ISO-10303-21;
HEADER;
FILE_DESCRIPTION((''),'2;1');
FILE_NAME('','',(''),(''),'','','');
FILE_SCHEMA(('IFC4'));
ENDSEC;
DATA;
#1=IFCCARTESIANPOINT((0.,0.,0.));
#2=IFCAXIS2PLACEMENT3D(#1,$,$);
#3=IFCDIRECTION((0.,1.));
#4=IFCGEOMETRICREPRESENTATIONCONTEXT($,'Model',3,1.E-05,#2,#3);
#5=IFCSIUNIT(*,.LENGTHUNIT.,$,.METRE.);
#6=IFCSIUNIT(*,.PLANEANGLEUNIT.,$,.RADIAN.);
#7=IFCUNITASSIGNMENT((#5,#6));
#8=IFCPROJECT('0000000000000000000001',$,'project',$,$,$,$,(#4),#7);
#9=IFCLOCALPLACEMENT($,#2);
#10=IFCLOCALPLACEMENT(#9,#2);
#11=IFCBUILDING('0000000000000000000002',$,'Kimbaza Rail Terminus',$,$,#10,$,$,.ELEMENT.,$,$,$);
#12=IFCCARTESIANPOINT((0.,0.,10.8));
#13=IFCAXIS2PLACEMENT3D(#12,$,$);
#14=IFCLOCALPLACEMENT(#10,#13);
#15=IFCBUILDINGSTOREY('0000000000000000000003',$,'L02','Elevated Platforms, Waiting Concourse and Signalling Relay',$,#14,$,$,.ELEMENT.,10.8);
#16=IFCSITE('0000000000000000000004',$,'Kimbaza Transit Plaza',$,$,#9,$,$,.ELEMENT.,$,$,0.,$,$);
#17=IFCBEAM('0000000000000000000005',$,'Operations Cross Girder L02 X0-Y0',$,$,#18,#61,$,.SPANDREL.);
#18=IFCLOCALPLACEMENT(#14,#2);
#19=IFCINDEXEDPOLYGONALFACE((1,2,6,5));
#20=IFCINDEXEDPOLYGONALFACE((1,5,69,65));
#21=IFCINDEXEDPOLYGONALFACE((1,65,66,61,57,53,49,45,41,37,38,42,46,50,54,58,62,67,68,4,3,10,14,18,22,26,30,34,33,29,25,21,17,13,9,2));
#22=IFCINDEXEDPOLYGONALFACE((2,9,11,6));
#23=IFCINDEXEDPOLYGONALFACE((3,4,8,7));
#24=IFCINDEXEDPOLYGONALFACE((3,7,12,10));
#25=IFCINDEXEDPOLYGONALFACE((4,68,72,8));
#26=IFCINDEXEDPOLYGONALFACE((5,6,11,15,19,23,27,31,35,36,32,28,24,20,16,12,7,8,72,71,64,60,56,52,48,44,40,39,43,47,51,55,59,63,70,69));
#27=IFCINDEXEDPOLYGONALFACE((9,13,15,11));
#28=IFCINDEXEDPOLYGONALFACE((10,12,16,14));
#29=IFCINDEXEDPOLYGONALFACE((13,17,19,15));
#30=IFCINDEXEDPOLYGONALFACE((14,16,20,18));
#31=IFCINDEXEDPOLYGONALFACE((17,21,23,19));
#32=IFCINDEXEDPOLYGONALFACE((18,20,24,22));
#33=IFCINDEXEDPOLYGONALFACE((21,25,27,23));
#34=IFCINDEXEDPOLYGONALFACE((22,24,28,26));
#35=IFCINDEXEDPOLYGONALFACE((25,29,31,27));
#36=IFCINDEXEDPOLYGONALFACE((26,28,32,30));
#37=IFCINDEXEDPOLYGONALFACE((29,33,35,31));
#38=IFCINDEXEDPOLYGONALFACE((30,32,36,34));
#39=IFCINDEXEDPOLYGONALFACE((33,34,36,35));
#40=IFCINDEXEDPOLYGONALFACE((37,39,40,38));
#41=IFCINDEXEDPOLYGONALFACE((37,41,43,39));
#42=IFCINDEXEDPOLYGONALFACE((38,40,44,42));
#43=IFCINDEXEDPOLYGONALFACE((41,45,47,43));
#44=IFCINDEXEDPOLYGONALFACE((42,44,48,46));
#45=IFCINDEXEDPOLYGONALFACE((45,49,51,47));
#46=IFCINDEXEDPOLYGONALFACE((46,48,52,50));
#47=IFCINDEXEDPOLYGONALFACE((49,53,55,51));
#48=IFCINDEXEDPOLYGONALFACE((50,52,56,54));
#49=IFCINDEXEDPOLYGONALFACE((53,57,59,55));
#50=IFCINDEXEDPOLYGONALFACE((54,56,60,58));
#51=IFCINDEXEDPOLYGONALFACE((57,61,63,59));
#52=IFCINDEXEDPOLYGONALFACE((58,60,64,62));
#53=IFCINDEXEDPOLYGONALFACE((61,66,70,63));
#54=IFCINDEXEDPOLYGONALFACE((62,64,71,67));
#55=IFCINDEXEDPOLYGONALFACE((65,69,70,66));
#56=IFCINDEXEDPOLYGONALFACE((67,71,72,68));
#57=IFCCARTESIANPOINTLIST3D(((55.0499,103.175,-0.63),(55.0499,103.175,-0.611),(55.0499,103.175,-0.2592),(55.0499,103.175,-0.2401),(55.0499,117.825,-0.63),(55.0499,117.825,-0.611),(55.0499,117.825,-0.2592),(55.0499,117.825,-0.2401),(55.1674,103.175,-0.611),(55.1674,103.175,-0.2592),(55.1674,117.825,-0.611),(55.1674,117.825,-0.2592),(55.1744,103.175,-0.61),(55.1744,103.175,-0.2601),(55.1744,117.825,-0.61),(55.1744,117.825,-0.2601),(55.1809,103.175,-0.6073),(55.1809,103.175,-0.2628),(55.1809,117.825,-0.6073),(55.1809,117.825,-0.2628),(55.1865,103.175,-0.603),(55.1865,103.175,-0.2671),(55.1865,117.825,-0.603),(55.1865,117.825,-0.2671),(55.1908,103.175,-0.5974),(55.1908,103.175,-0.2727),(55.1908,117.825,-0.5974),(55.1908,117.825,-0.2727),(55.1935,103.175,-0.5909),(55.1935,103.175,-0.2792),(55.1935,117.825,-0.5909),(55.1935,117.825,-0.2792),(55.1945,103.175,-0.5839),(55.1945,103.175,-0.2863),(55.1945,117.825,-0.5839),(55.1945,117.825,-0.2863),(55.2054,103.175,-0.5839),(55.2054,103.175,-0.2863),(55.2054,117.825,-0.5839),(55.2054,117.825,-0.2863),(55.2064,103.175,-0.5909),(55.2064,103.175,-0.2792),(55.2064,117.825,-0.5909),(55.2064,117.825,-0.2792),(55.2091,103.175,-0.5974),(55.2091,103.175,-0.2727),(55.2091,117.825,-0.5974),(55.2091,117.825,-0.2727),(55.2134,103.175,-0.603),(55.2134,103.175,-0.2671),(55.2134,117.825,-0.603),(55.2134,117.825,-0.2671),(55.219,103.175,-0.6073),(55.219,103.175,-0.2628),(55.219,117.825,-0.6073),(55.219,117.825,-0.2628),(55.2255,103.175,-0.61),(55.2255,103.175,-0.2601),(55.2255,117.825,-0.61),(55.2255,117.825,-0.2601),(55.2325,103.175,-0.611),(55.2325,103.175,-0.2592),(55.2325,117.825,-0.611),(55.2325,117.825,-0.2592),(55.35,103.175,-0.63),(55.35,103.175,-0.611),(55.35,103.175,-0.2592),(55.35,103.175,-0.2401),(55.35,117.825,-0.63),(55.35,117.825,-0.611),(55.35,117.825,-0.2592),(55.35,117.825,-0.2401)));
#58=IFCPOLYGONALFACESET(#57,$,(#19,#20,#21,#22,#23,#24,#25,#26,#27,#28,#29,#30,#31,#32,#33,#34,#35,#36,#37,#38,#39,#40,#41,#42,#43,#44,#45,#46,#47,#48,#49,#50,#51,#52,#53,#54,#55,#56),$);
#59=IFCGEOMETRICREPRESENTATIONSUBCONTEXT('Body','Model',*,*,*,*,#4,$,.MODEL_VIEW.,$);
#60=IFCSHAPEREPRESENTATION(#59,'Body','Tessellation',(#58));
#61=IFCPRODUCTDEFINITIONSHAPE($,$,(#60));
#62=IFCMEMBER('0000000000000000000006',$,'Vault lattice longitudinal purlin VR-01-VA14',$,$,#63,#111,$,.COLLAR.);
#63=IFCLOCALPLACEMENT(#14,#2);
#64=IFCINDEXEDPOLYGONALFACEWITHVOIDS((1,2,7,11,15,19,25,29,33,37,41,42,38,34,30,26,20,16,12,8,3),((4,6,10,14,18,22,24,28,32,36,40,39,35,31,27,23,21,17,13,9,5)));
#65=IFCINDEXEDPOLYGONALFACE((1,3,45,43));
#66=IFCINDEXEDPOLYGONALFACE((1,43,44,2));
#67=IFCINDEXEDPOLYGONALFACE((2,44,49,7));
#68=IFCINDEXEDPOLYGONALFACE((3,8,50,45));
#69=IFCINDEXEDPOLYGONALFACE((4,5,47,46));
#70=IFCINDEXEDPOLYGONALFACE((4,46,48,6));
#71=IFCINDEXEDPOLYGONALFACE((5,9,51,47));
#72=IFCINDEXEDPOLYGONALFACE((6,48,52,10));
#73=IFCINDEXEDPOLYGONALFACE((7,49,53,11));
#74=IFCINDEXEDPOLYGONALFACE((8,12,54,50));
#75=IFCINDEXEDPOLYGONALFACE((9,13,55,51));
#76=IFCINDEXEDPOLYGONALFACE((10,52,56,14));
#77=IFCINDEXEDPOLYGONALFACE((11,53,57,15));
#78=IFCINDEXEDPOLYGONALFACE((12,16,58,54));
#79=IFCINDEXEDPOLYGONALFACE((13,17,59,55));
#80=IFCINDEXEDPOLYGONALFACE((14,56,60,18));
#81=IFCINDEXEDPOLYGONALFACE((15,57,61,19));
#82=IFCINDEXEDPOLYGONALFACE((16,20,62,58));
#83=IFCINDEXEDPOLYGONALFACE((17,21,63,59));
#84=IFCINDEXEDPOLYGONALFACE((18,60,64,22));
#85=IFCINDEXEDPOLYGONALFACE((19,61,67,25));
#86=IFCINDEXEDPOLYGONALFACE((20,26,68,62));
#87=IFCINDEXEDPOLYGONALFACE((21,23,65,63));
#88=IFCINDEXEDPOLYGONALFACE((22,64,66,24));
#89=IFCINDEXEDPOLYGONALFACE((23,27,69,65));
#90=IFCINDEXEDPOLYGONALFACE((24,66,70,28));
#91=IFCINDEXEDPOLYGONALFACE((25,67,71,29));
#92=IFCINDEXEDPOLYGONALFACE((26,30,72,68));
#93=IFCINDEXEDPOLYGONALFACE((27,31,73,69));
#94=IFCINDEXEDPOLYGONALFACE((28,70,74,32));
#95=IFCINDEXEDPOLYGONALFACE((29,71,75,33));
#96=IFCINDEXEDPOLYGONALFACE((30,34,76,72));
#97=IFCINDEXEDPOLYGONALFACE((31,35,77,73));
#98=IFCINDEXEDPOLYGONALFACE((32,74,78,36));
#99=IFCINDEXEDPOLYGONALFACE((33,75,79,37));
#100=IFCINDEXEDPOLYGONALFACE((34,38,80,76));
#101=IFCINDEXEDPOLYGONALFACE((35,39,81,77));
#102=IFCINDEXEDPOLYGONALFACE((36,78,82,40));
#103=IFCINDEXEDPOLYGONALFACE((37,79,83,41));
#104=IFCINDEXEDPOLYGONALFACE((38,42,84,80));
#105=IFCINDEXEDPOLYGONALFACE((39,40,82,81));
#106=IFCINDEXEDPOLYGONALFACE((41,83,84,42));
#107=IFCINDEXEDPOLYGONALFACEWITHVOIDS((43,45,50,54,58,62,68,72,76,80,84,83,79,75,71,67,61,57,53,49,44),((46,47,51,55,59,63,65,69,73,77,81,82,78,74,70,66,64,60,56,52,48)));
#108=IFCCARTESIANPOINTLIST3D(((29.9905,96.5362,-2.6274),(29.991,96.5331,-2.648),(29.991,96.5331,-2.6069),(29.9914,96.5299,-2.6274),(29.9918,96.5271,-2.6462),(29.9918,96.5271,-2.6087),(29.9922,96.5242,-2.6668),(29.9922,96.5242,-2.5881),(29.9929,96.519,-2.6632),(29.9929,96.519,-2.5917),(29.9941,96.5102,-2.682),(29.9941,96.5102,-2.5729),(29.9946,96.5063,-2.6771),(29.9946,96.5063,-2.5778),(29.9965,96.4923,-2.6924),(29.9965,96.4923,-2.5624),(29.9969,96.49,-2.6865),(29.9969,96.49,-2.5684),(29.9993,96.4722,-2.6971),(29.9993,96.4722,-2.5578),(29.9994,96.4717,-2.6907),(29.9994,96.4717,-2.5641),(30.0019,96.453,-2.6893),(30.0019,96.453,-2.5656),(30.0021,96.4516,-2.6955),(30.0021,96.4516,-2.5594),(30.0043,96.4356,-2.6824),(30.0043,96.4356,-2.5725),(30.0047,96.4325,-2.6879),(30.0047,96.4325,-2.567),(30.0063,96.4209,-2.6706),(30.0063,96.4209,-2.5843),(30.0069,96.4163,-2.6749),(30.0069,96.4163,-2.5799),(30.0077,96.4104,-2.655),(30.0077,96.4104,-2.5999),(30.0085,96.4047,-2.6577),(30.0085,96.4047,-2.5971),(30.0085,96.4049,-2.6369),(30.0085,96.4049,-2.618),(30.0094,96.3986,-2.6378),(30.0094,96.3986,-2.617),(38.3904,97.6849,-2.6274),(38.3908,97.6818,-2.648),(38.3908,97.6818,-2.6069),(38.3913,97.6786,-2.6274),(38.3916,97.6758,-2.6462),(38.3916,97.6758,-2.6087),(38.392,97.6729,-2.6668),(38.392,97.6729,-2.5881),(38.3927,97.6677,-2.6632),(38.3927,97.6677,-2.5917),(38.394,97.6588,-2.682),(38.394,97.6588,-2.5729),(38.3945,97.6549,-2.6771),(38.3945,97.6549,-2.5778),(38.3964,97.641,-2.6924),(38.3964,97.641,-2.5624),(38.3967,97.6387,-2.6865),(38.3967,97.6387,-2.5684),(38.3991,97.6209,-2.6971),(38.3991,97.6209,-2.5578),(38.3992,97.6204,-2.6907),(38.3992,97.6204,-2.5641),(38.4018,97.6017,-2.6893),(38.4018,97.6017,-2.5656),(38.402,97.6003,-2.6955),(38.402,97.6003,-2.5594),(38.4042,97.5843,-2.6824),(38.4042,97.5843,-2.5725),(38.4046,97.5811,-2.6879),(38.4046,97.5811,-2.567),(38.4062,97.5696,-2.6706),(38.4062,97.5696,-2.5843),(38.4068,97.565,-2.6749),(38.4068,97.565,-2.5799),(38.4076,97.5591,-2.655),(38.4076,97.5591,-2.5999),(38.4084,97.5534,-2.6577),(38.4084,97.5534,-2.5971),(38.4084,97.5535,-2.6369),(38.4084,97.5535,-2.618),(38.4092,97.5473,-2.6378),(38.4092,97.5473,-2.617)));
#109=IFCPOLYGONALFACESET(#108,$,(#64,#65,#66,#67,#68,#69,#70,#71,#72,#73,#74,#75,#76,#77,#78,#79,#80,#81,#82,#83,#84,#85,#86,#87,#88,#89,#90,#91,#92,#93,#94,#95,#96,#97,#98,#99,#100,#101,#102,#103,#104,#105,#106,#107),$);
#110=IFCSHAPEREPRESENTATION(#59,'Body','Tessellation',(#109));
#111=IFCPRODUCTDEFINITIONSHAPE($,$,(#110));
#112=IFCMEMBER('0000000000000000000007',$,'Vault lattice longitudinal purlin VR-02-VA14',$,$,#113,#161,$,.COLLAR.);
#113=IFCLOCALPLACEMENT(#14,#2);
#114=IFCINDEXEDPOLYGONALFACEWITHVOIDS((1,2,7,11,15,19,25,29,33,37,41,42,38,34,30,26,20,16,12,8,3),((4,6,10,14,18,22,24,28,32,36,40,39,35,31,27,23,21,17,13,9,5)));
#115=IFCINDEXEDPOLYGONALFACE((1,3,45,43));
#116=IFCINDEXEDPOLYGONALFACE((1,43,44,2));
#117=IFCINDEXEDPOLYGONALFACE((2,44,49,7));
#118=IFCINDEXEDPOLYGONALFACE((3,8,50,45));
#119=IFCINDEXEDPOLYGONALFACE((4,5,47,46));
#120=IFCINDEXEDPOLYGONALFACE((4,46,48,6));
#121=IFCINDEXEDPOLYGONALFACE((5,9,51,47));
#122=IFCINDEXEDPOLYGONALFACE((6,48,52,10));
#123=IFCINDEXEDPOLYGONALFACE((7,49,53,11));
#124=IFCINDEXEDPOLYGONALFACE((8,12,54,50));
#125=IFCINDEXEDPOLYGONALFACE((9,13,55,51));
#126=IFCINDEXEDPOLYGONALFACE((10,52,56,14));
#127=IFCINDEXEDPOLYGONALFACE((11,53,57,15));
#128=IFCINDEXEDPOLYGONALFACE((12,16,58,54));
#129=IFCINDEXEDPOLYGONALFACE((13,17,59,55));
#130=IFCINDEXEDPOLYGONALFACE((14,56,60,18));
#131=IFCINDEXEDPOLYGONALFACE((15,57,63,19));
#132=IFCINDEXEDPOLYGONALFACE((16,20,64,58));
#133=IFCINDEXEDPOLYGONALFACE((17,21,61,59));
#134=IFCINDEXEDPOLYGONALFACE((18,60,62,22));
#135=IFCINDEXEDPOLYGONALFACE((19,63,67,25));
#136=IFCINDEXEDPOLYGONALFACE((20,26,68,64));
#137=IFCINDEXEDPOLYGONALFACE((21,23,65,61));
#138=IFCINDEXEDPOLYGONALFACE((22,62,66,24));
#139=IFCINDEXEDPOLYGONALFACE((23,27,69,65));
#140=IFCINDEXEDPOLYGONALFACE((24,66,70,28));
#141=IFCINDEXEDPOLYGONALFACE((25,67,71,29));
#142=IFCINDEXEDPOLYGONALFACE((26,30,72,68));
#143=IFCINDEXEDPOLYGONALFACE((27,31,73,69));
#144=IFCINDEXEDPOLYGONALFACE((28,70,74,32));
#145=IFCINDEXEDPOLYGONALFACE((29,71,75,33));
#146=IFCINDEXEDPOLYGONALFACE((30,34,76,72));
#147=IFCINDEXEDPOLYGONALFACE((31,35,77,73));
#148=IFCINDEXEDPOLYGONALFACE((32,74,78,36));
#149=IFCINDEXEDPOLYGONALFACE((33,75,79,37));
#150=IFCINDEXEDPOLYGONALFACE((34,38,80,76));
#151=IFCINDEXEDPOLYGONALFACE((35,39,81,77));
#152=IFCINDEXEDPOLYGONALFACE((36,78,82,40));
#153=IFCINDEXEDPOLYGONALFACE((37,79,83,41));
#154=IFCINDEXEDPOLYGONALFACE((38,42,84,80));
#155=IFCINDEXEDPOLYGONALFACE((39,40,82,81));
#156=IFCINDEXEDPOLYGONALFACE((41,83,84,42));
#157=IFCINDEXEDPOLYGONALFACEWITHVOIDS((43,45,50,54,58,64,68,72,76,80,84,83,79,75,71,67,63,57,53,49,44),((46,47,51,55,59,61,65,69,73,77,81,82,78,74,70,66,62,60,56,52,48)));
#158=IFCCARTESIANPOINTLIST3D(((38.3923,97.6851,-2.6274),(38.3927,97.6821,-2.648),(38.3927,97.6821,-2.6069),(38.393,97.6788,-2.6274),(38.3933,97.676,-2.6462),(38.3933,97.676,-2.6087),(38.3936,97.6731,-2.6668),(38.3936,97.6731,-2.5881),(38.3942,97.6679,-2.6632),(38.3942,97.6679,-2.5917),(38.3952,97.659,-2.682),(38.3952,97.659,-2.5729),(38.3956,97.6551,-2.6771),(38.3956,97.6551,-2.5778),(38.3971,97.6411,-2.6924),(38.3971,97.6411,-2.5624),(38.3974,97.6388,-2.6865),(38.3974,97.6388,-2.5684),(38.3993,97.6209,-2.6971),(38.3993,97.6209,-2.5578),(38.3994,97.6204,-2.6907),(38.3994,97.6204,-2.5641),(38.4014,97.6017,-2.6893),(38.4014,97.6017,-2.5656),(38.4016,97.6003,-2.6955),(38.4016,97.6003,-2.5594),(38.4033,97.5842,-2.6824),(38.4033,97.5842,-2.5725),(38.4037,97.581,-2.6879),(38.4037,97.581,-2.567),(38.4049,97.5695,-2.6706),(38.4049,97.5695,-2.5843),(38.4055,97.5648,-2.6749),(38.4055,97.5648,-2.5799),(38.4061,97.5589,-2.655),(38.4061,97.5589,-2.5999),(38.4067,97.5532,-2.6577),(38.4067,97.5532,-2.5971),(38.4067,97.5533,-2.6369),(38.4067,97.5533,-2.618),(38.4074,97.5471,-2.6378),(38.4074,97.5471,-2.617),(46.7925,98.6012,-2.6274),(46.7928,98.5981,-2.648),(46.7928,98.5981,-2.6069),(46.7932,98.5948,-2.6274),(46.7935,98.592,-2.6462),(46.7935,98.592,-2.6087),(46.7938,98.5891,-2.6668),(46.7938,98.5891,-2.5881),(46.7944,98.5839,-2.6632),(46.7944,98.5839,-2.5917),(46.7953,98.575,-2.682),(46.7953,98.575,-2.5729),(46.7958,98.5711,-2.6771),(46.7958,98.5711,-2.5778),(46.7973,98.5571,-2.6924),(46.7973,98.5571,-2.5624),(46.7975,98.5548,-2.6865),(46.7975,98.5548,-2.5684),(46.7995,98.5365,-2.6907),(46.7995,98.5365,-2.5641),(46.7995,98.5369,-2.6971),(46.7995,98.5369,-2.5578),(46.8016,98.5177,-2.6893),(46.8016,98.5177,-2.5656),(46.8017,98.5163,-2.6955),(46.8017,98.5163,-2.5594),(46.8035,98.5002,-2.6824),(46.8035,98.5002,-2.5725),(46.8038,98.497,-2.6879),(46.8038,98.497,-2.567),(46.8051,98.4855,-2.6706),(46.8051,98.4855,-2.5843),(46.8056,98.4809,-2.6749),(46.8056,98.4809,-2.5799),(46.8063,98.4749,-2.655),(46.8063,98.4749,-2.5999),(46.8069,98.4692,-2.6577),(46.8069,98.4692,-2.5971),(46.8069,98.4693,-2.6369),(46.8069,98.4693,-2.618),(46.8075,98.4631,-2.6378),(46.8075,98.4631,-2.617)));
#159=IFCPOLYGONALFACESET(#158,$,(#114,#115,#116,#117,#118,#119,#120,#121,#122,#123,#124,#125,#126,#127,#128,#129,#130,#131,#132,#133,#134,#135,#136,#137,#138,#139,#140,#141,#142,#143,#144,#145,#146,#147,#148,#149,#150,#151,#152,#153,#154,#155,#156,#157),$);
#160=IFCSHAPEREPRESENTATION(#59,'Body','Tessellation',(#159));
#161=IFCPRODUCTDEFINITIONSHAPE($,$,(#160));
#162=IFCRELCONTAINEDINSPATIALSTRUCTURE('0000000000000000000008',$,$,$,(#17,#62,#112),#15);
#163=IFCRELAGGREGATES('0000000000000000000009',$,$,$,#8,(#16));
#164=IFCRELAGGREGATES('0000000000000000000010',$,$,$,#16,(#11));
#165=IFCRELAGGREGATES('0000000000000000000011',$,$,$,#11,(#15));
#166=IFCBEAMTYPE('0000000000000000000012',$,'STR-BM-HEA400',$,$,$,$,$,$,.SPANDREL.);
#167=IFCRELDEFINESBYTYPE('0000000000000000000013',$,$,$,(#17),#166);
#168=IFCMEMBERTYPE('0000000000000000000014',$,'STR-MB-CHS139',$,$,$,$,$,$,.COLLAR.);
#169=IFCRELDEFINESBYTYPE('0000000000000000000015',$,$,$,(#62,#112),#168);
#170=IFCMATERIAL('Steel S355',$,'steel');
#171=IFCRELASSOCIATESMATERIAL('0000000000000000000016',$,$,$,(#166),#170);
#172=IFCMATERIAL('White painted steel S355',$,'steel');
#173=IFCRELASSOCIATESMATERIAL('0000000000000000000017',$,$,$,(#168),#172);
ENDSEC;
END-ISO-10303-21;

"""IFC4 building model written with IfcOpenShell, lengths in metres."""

from ifc_helpers import new_model, si_unit, direction, frame, origin, origin_2d, place, context, subcontext, project, spatial, hollow_circle, i_section, extrude, material, material_profile, profile_set, type_object, element, save


model = new_model("IFC4")

# Units and contexts
model_context = context("Model", 3, precision=1e-05, world=origin(), true_north=direction((0.0, 1.0)))
body_context = subcontext(model_context, "Body", "Model", "MODEL_VIEW")
ifc_project = project(units=[si_unit("LENGTHUNIT", "METRE"), si_unit("PLANEANGLEUNIT", "RADIAN")], contexts=[model_context])

# Site, building, storey
site_placement = place(None, origin())
site = spatial("IfcSite", under=ifc_project, at=site_placement, Name="Kimbaza Transit Plaza", CompositionType="ELEMENT", RefElevation=0.0)
building_placement = place(site_placement, origin())
building = spatial("IfcBuilding", under=site, at=building_placement, Name="Kimbaza Rail Terminus", CompositionType="ELEMENT")
storey_placement = place(building_placement, frame((0.0, 0.0, 10.8)))
storey = spatial("IfcBuildingStorey", under=building, at=storey_placement, Name="L02", Description="Elevated Platforms, Waiting Concourse and Signalling Relay", CompositionType="ELEMENT", Elevation=10.8)

# Beam
ifc_material_1 = material(Name="Steel S355", Category="steel")
ifc_material_profile_1 = material_profile(ifc_material_1, i_section(OverallWidth=0.3, OverallDepth=0.3899, WebThickness=0.011, FlangeThickness=0.019, FilletRadius=0.0271, at=origin_2d()), Name="HEA 400")
ifc_profile_set_1 = profile_set([ifc_material_profile_1], Name="Steel S355")
beam_type = type_object("IfcBeamType", Name="STR-BM-HEA400", PredefinedType="SPANDREL", material=ifc_profile_set_1)
beam_placement = place(storey_placement, frame((55.2, 103.175, -0.4351), z_axis=(0.0, 1.0, 0.0), x_axis=(-1.0, 0.0, 0.0)))
element("IfcBeam", 1, at=beam_placement, inside=storey, type_object=beam_type, Name="Operations Cross Girder L02 X0-Y0", PredefinedType="SPANDREL", context=body_context, shape_type="SweptSolid", body=[
    extrude(i_section(OverallWidth=0.3, OverallDepth=0.3899, WebThickness=0.011, FlangeThickness=0.019, FilletRadius=0.0271, at=origin_2d()), origin(), (0.0, 0.0, 1.0), 14.6499),
])

# Members
ifc_material_2 = material(Name="White painted steel S355", Category="steel")
ifc_material_profile_2 = material_profile(ifc_material_2, hollow_circle(Radius=0.0698, WallThickness=0.0063, at=origin_2d()), Name="CHS 139.7x6.3")
ifc_profile_set_2 = profile_set([ifc_material_profile_2], Name="White painted steel S355")
member_type_1 = type_object("IfcMemberType", Name="STR-MB-CHS139", PredefinedType="COLLAR", material=ifc_profile_set_2)
member_1_placement = place(storey_placement, frame((30.0, 96.467, -2.6274), z_axis=(0.990779, 0.135488, 0.0), x_axis=(-0.135488, 0.990779, 0.0)))
element("IfcMember", 2, at=member_1_placement, inside=storey, type_object=member_type_1, Name="Vault lattice longitudinal purlin VR-01-VA14", PredefinedType="COLLAR", context=body_context, shape_type="SweptSolid", body=[
    extrude(hollow_circle(Radius=0.0698, WallThickness=0.0063, at=origin_2d()), origin(), (0.0, 0.0, 1.0), 8.478),
])
member_2_placement = place(storey_placement, frame((38.3999, 97.6157, -2.6274), z_axis=(0.994107, 0.108405, 0.0), x_axis=(-0.108405, 0.994107, 0.0)))
element("IfcMember", 3, at=member_2_placement, inside=storey, type_object=member_type_1, Name="Vault lattice longitudinal purlin VR-02-VA14", PredefinedType="COLLAR", context=body_context, shape_type="SweptSolid", body=[
    extrude(hollow_circle(Radius=0.0698, WallThickness=0.0063, at=origin_2d()), origin(), (0.0, 0.0, 1.0), 8.45),
])

save(model, "model.ifc")
